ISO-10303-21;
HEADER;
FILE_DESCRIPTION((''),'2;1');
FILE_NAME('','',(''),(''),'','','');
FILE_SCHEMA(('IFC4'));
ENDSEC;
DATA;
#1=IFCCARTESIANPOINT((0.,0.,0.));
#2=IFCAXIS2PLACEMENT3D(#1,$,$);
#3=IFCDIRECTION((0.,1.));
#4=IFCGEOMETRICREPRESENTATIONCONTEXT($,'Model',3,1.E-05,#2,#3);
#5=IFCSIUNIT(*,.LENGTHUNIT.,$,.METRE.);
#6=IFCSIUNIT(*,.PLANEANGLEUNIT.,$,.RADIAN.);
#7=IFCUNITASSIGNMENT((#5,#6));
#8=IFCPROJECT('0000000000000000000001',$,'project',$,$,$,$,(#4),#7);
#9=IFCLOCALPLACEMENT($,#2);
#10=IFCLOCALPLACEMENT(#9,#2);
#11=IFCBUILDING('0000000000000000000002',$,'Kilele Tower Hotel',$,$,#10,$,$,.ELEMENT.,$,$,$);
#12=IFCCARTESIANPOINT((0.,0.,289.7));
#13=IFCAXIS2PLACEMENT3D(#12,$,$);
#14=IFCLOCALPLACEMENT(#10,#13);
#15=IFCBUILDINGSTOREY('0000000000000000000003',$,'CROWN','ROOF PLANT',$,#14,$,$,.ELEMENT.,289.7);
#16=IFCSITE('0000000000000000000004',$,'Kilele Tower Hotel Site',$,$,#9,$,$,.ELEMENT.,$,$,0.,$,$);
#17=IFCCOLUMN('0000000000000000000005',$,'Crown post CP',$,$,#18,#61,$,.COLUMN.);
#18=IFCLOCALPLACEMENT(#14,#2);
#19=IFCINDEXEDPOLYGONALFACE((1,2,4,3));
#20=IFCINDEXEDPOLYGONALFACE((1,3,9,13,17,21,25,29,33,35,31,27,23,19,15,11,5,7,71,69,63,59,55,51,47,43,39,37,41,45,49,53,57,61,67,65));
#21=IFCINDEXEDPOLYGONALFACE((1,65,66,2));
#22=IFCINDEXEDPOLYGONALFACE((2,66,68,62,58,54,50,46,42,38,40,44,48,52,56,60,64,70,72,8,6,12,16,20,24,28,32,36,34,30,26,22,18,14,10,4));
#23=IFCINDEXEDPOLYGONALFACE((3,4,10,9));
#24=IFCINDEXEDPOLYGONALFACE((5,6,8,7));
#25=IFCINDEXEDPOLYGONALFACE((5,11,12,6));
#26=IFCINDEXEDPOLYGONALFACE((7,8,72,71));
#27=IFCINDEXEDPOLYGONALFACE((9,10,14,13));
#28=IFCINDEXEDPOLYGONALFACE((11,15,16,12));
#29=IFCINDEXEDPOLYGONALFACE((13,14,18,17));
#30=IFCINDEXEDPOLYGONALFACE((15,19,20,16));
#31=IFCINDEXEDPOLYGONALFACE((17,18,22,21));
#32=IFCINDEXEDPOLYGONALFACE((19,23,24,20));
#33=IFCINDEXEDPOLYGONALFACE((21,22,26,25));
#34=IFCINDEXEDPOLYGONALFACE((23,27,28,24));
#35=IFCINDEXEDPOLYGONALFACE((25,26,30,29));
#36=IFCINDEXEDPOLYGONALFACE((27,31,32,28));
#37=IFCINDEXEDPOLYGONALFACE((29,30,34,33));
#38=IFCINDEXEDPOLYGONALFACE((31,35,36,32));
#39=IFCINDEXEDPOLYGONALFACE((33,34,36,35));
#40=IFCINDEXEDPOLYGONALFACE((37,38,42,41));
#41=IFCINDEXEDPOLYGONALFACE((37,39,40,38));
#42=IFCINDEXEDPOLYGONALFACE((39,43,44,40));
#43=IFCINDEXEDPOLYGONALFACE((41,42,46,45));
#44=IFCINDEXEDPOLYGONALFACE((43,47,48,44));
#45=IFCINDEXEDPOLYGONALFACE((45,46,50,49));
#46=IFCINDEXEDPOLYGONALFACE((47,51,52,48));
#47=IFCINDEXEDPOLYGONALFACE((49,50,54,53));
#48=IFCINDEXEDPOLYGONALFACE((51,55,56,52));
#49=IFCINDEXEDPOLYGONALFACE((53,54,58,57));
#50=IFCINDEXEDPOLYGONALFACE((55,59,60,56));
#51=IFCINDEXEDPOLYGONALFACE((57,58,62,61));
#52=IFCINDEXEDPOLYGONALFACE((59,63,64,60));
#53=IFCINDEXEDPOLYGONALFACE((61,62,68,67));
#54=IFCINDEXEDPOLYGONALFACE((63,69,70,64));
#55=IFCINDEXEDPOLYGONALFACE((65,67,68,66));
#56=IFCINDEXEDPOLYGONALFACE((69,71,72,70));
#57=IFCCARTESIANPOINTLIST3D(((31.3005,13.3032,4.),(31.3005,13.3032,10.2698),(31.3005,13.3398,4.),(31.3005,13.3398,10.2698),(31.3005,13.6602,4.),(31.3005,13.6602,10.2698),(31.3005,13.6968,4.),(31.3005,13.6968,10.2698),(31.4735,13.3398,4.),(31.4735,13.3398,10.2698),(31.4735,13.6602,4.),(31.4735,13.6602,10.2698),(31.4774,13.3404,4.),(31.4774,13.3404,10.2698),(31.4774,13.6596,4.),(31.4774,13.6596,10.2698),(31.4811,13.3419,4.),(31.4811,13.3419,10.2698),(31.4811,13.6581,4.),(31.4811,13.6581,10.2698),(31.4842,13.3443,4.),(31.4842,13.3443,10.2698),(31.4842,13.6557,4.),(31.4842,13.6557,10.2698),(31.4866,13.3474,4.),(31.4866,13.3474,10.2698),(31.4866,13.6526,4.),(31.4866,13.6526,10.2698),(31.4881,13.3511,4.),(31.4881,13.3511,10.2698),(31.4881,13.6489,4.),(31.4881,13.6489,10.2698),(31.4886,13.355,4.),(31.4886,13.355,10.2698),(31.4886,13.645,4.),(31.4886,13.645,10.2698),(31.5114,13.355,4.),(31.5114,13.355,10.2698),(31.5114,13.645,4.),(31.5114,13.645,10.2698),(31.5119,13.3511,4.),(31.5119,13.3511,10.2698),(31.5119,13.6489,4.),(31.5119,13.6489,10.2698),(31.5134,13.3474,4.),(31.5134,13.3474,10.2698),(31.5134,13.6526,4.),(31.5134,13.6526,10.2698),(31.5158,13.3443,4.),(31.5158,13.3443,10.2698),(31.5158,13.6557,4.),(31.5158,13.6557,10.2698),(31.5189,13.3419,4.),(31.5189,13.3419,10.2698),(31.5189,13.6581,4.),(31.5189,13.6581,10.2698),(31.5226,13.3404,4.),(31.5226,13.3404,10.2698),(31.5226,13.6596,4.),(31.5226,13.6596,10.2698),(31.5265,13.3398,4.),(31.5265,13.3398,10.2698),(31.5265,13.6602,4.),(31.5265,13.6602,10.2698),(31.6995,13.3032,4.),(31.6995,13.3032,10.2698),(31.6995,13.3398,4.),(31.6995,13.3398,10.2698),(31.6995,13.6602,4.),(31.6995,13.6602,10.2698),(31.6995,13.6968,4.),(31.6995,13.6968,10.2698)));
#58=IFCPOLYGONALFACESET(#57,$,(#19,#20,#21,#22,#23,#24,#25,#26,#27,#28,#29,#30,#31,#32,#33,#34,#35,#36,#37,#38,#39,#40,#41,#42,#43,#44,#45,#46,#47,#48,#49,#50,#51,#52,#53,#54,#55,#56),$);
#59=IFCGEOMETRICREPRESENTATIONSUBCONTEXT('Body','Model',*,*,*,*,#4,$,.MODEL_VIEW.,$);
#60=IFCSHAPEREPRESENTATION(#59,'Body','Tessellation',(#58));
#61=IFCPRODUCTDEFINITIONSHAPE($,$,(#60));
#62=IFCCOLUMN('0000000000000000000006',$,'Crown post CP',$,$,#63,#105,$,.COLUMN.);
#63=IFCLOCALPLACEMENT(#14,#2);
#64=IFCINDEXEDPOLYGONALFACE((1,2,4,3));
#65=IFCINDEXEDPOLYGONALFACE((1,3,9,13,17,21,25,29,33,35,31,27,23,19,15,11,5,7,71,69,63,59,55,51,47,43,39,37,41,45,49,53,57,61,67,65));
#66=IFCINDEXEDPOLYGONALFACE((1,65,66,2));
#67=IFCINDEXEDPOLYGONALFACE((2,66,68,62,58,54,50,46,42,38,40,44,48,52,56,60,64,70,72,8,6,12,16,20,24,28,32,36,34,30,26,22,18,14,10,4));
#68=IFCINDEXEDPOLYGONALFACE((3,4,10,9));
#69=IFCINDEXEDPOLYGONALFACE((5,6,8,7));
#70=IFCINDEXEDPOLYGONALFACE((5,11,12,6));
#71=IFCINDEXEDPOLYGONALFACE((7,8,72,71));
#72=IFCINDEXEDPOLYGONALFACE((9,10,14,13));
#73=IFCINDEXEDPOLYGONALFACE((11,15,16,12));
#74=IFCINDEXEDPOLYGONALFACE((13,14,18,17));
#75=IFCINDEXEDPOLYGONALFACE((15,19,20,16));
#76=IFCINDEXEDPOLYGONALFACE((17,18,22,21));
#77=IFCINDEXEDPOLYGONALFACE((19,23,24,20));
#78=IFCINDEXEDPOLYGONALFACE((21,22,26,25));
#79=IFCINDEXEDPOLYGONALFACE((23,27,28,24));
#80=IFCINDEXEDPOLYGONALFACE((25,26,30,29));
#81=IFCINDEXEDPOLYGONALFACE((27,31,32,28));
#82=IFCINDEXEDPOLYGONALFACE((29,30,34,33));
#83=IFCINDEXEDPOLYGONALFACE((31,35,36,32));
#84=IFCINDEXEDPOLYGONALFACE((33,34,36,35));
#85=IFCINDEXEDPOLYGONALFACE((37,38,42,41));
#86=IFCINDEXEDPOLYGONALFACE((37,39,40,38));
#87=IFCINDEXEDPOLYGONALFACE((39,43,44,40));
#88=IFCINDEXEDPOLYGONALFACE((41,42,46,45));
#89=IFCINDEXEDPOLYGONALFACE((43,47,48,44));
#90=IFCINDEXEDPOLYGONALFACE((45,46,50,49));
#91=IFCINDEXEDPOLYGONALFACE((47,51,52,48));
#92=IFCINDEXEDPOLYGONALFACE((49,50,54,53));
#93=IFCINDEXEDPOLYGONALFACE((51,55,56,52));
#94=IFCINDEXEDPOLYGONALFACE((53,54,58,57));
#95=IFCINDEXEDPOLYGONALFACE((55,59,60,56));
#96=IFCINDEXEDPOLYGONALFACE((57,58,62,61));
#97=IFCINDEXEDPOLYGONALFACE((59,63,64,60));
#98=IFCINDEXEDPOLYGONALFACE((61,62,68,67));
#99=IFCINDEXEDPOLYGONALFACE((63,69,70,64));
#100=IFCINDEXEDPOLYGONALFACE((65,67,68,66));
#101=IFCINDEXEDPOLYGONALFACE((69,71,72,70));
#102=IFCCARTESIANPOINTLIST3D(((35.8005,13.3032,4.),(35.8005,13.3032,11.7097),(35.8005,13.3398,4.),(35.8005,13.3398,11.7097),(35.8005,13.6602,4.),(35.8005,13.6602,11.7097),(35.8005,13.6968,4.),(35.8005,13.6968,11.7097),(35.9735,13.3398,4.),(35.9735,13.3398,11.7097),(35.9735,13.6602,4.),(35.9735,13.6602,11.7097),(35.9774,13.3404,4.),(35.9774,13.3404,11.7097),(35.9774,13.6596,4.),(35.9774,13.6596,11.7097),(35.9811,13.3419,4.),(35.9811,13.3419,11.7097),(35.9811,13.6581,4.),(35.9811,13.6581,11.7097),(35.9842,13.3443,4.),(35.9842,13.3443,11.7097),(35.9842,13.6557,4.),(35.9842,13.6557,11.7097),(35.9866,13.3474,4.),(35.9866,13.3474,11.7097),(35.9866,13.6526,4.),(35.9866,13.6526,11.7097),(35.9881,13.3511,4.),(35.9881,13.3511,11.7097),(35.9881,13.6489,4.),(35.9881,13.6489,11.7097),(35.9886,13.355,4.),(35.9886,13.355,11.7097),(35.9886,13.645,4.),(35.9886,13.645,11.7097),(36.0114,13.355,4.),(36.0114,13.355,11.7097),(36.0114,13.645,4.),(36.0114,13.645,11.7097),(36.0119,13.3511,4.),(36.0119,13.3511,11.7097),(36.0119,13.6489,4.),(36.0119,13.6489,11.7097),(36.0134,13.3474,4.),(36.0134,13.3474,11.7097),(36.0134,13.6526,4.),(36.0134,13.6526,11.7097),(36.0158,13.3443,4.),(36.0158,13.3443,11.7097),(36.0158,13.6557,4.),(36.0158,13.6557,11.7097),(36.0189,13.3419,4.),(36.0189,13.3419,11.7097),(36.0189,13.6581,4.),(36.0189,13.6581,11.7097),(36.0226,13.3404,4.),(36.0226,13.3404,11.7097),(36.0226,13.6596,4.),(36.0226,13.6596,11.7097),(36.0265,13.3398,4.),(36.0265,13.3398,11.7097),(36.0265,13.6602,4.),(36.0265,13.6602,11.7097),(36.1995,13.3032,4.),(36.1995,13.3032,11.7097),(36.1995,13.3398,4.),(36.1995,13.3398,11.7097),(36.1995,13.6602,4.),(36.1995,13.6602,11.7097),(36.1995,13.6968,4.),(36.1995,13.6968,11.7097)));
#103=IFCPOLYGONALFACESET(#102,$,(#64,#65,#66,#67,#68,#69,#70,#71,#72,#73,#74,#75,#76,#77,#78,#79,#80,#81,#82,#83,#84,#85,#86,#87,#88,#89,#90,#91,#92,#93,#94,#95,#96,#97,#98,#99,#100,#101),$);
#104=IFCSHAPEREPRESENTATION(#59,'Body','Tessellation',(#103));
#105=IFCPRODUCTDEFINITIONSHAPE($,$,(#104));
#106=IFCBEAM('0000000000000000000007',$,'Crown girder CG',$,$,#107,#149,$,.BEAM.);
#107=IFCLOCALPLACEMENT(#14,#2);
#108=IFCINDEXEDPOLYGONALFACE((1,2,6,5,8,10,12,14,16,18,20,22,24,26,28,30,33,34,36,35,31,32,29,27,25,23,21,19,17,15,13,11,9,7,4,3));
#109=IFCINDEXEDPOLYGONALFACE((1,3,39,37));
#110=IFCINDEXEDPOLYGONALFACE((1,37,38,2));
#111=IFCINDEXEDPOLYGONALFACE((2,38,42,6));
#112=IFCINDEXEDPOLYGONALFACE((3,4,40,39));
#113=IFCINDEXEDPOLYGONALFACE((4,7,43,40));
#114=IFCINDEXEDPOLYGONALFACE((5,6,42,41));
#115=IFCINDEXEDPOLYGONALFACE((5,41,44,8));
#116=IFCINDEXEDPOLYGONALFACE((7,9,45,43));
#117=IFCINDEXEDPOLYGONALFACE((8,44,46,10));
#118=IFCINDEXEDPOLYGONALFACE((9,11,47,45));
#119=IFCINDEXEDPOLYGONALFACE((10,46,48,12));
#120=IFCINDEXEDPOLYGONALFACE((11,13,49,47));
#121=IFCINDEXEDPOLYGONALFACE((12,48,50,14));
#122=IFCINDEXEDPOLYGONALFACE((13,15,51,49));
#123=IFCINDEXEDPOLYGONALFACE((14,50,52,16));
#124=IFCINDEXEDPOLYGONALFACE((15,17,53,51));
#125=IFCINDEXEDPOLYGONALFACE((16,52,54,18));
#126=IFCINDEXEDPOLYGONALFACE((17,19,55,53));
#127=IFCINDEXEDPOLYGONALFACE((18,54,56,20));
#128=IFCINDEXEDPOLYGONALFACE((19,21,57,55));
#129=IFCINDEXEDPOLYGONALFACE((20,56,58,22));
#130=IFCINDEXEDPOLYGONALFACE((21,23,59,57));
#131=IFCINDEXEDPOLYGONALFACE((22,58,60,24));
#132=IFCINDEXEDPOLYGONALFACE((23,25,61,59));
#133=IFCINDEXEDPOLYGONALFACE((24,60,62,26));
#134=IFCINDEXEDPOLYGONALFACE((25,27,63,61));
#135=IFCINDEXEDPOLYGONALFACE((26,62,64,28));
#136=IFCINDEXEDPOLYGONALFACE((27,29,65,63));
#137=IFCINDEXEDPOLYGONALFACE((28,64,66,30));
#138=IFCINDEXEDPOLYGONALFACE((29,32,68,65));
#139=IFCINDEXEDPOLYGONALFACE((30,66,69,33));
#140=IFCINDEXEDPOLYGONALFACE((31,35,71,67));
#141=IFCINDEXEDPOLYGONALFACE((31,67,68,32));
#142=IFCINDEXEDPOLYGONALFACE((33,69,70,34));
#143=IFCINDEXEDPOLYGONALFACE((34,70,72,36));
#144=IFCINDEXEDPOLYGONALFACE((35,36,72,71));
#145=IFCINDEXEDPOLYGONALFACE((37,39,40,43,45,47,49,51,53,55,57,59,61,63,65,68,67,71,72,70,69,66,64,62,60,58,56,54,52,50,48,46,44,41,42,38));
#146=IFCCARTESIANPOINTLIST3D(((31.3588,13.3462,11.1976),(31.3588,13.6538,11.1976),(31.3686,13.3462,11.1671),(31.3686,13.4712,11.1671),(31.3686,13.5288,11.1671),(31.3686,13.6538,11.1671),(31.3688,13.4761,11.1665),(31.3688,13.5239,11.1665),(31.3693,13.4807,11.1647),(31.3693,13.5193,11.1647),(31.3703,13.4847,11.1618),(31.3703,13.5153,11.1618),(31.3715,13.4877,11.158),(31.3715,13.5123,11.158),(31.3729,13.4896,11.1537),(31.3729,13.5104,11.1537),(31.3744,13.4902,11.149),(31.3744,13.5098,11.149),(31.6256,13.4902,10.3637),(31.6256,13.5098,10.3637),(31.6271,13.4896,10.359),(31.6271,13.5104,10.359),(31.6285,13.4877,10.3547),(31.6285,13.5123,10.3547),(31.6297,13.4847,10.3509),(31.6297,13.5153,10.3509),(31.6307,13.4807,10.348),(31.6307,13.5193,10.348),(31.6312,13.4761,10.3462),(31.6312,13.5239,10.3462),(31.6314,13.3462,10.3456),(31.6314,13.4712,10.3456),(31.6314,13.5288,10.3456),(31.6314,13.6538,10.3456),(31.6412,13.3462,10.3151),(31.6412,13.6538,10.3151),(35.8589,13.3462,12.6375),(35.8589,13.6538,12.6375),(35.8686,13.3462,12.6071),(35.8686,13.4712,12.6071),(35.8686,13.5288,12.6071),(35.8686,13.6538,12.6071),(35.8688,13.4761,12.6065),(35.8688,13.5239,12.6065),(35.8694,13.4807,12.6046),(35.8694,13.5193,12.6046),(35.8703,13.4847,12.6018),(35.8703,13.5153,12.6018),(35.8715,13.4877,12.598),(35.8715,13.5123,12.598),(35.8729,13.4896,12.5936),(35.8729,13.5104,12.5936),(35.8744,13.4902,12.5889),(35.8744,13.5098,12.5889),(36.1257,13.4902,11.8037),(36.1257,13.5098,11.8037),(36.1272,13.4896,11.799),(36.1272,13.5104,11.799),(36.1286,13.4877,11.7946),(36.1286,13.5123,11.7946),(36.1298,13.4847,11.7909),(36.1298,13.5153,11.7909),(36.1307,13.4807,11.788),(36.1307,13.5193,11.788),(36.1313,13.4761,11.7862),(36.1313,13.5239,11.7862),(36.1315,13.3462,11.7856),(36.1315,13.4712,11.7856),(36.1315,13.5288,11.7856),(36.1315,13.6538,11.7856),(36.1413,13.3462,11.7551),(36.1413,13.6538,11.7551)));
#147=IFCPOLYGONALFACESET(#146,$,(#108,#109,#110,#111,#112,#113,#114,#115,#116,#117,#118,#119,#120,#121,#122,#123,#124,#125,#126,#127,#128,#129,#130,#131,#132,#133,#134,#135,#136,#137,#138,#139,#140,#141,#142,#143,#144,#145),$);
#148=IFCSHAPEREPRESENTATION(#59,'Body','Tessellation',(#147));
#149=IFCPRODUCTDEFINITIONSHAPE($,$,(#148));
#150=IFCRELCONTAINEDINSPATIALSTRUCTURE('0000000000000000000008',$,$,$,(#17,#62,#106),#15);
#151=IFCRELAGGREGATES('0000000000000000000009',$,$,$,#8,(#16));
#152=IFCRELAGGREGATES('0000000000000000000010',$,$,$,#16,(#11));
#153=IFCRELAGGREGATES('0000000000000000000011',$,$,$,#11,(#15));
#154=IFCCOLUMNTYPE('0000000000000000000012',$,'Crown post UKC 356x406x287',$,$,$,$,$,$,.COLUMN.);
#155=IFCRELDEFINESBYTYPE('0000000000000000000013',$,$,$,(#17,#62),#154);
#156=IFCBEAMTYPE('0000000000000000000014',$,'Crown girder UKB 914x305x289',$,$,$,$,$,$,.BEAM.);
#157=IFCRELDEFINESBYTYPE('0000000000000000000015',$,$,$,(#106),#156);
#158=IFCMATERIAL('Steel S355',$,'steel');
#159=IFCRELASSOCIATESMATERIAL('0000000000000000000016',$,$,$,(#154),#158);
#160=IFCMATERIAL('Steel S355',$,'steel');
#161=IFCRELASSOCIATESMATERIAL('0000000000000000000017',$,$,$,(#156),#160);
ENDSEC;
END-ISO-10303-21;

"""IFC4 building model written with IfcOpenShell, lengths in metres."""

from ifc_helpers import new_model, si_unit, direction, frame, origin, origin_2d, place, context, subcontext, project, spatial, i_section, extrude, material, material_profile, profile_set, type_object, element, save


model = new_model("IFC4")

# Units and contexts
model_context = context("Model", 3, precision=1e-05, world=origin(), true_north=direction((0.0, 1.0)))
body_context = subcontext(model_context, "Body", "Model", "MODEL_VIEW")
ifc_project = project(units=[si_unit("LENGTHUNIT", "METRE"), si_unit("PLANEANGLEUNIT", "RADIAN")], contexts=[model_context])

# Site, building, storey
site_placement = place(None, origin())
site = spatial("IfcSite", under=ifc_project, at=site_placement, Name="Kilele Tower Hotel Site", CompositionType="ELEMENT", RefElevation=0.0)
building_placement = place(site_placement, origin())
building = spatial("IfcBuilding", under=site, at=building_placement, Name="Kilele Tower Hotel", CompositionType="ELEMENT")
storey_placement = place(building_placement, frame((0.0, 0.0, 289.7)))
storey = spatial("IfcBuildingStorey", under=building, at=storey_placement, Name="CROWN", Description="ROOF PLANT", CompositionType="ELEMENT", Elevation=289.7)

# Columns
ifc_material_1 = material(Name="Steel S355", Category="steel")
ifc_material_profile_1 = material_profile(ifc_material_1, i_section(OverallWidth=0.3989, OverallDepth=0.3936, WebThickness=0.0227, FlangeThickness=0.0366, FilletRadius=0.0151, at=origin_2d()))
ifc_profile_set_1 = profile_set([ifc_material_profile_1], Name="Steel S355")
column_type = type_object("IfcColumnType", Name="Crown post UKC 356x406x287", PredefinedType="COLUMN", material=ifc_profile_set_1)
column_1_placement = place(storey_placement, frame((31.5, 13.5, 4.0), z_axis=(0.0, 0.0, 1.0), x_axis=(1.0, 0.0, 0.0)))
element("IfcColumn", 1, at=column_1_placement, inside=storey, type_object=column_type, Name="Crown post CP", PredefinedType="COLUMN", context=body_context, shape_type="SweptSolid", body=[
    extrude(i_section(OverallWidth=0.3989, OverallDepth=0.3936, WebThickness=0.0227, FlangeThickness=0.0366, FilletRadius=0.0151, at=origin_2d()), origin(), (0.0, 0.0, 1.0), 6.2698),
])
column_2_placement = place(storey_placement, frame((36.0, 13.5, 4.0), z_axis=(0.0, 0.0, 1.0), x_axis=(1.0, 0.0, 0.0)))
element("IfcColumn", 2, at=column_2_placement, inside=storey, type_object=column_type, Name="Crown post CP", PredefinedType="COLUMN", context=body_context, shape_type="SweptSolid", body=[
    extrude(i_section(OverallWidth=0.3989, OverallDepth=0.3936, WebThickness=0.0227, FlangeThickness=0.0366, FilletRadius=0.0151, at=origin_2d()), origin(), (0.0, 0.0, 1.0), 7.7097),
])

# Beam
ifc_material_2 = material(Name="Steel S355", Category="steel")
ifc_material_profile_2 = material_profile(ifc_material_2, i_section(OverallWidth=0.3076, OverallDepth=0.9265, WebThickness=0.0195, FlangeThickness=0.032, FilletRadius=0.019, at=origin_2d()))
ifc_profile_set_2 = profile_set([ifc_material_profile_2], Name="Steel S355")
beam_type_1 = type_object("IfcBeamType", Name="Crown girder UKB 914x305x289", PredefinedType="BEAM", material=ifc_profile_set_2)
beam_1_placement = place(storey_placement, frame((31.5, 13.5, 10.7563), z_axis=(0.952428, 0.0, 0.304764), x_axis=(0.0, 1.0, 0.0)))
element("IfcBeam", 3, at=beam_1_placement, inside=storey, type_object=beam_type_1, Name="Crown girder CG", PredefinedType="BEAM", context=body_context, shape_type="SweptSolid", body=[
    extrude(i_section(OverallWidth=0.3076, OverallDepth=0.9265, WebThickness=0.0195, FlangeThickness=0.032, FilletRadius=0.019, at=origin_2d()), origin(), (0.0, 0.0, 1.0), 4.7249),
])

save(model, "model.ifc")
